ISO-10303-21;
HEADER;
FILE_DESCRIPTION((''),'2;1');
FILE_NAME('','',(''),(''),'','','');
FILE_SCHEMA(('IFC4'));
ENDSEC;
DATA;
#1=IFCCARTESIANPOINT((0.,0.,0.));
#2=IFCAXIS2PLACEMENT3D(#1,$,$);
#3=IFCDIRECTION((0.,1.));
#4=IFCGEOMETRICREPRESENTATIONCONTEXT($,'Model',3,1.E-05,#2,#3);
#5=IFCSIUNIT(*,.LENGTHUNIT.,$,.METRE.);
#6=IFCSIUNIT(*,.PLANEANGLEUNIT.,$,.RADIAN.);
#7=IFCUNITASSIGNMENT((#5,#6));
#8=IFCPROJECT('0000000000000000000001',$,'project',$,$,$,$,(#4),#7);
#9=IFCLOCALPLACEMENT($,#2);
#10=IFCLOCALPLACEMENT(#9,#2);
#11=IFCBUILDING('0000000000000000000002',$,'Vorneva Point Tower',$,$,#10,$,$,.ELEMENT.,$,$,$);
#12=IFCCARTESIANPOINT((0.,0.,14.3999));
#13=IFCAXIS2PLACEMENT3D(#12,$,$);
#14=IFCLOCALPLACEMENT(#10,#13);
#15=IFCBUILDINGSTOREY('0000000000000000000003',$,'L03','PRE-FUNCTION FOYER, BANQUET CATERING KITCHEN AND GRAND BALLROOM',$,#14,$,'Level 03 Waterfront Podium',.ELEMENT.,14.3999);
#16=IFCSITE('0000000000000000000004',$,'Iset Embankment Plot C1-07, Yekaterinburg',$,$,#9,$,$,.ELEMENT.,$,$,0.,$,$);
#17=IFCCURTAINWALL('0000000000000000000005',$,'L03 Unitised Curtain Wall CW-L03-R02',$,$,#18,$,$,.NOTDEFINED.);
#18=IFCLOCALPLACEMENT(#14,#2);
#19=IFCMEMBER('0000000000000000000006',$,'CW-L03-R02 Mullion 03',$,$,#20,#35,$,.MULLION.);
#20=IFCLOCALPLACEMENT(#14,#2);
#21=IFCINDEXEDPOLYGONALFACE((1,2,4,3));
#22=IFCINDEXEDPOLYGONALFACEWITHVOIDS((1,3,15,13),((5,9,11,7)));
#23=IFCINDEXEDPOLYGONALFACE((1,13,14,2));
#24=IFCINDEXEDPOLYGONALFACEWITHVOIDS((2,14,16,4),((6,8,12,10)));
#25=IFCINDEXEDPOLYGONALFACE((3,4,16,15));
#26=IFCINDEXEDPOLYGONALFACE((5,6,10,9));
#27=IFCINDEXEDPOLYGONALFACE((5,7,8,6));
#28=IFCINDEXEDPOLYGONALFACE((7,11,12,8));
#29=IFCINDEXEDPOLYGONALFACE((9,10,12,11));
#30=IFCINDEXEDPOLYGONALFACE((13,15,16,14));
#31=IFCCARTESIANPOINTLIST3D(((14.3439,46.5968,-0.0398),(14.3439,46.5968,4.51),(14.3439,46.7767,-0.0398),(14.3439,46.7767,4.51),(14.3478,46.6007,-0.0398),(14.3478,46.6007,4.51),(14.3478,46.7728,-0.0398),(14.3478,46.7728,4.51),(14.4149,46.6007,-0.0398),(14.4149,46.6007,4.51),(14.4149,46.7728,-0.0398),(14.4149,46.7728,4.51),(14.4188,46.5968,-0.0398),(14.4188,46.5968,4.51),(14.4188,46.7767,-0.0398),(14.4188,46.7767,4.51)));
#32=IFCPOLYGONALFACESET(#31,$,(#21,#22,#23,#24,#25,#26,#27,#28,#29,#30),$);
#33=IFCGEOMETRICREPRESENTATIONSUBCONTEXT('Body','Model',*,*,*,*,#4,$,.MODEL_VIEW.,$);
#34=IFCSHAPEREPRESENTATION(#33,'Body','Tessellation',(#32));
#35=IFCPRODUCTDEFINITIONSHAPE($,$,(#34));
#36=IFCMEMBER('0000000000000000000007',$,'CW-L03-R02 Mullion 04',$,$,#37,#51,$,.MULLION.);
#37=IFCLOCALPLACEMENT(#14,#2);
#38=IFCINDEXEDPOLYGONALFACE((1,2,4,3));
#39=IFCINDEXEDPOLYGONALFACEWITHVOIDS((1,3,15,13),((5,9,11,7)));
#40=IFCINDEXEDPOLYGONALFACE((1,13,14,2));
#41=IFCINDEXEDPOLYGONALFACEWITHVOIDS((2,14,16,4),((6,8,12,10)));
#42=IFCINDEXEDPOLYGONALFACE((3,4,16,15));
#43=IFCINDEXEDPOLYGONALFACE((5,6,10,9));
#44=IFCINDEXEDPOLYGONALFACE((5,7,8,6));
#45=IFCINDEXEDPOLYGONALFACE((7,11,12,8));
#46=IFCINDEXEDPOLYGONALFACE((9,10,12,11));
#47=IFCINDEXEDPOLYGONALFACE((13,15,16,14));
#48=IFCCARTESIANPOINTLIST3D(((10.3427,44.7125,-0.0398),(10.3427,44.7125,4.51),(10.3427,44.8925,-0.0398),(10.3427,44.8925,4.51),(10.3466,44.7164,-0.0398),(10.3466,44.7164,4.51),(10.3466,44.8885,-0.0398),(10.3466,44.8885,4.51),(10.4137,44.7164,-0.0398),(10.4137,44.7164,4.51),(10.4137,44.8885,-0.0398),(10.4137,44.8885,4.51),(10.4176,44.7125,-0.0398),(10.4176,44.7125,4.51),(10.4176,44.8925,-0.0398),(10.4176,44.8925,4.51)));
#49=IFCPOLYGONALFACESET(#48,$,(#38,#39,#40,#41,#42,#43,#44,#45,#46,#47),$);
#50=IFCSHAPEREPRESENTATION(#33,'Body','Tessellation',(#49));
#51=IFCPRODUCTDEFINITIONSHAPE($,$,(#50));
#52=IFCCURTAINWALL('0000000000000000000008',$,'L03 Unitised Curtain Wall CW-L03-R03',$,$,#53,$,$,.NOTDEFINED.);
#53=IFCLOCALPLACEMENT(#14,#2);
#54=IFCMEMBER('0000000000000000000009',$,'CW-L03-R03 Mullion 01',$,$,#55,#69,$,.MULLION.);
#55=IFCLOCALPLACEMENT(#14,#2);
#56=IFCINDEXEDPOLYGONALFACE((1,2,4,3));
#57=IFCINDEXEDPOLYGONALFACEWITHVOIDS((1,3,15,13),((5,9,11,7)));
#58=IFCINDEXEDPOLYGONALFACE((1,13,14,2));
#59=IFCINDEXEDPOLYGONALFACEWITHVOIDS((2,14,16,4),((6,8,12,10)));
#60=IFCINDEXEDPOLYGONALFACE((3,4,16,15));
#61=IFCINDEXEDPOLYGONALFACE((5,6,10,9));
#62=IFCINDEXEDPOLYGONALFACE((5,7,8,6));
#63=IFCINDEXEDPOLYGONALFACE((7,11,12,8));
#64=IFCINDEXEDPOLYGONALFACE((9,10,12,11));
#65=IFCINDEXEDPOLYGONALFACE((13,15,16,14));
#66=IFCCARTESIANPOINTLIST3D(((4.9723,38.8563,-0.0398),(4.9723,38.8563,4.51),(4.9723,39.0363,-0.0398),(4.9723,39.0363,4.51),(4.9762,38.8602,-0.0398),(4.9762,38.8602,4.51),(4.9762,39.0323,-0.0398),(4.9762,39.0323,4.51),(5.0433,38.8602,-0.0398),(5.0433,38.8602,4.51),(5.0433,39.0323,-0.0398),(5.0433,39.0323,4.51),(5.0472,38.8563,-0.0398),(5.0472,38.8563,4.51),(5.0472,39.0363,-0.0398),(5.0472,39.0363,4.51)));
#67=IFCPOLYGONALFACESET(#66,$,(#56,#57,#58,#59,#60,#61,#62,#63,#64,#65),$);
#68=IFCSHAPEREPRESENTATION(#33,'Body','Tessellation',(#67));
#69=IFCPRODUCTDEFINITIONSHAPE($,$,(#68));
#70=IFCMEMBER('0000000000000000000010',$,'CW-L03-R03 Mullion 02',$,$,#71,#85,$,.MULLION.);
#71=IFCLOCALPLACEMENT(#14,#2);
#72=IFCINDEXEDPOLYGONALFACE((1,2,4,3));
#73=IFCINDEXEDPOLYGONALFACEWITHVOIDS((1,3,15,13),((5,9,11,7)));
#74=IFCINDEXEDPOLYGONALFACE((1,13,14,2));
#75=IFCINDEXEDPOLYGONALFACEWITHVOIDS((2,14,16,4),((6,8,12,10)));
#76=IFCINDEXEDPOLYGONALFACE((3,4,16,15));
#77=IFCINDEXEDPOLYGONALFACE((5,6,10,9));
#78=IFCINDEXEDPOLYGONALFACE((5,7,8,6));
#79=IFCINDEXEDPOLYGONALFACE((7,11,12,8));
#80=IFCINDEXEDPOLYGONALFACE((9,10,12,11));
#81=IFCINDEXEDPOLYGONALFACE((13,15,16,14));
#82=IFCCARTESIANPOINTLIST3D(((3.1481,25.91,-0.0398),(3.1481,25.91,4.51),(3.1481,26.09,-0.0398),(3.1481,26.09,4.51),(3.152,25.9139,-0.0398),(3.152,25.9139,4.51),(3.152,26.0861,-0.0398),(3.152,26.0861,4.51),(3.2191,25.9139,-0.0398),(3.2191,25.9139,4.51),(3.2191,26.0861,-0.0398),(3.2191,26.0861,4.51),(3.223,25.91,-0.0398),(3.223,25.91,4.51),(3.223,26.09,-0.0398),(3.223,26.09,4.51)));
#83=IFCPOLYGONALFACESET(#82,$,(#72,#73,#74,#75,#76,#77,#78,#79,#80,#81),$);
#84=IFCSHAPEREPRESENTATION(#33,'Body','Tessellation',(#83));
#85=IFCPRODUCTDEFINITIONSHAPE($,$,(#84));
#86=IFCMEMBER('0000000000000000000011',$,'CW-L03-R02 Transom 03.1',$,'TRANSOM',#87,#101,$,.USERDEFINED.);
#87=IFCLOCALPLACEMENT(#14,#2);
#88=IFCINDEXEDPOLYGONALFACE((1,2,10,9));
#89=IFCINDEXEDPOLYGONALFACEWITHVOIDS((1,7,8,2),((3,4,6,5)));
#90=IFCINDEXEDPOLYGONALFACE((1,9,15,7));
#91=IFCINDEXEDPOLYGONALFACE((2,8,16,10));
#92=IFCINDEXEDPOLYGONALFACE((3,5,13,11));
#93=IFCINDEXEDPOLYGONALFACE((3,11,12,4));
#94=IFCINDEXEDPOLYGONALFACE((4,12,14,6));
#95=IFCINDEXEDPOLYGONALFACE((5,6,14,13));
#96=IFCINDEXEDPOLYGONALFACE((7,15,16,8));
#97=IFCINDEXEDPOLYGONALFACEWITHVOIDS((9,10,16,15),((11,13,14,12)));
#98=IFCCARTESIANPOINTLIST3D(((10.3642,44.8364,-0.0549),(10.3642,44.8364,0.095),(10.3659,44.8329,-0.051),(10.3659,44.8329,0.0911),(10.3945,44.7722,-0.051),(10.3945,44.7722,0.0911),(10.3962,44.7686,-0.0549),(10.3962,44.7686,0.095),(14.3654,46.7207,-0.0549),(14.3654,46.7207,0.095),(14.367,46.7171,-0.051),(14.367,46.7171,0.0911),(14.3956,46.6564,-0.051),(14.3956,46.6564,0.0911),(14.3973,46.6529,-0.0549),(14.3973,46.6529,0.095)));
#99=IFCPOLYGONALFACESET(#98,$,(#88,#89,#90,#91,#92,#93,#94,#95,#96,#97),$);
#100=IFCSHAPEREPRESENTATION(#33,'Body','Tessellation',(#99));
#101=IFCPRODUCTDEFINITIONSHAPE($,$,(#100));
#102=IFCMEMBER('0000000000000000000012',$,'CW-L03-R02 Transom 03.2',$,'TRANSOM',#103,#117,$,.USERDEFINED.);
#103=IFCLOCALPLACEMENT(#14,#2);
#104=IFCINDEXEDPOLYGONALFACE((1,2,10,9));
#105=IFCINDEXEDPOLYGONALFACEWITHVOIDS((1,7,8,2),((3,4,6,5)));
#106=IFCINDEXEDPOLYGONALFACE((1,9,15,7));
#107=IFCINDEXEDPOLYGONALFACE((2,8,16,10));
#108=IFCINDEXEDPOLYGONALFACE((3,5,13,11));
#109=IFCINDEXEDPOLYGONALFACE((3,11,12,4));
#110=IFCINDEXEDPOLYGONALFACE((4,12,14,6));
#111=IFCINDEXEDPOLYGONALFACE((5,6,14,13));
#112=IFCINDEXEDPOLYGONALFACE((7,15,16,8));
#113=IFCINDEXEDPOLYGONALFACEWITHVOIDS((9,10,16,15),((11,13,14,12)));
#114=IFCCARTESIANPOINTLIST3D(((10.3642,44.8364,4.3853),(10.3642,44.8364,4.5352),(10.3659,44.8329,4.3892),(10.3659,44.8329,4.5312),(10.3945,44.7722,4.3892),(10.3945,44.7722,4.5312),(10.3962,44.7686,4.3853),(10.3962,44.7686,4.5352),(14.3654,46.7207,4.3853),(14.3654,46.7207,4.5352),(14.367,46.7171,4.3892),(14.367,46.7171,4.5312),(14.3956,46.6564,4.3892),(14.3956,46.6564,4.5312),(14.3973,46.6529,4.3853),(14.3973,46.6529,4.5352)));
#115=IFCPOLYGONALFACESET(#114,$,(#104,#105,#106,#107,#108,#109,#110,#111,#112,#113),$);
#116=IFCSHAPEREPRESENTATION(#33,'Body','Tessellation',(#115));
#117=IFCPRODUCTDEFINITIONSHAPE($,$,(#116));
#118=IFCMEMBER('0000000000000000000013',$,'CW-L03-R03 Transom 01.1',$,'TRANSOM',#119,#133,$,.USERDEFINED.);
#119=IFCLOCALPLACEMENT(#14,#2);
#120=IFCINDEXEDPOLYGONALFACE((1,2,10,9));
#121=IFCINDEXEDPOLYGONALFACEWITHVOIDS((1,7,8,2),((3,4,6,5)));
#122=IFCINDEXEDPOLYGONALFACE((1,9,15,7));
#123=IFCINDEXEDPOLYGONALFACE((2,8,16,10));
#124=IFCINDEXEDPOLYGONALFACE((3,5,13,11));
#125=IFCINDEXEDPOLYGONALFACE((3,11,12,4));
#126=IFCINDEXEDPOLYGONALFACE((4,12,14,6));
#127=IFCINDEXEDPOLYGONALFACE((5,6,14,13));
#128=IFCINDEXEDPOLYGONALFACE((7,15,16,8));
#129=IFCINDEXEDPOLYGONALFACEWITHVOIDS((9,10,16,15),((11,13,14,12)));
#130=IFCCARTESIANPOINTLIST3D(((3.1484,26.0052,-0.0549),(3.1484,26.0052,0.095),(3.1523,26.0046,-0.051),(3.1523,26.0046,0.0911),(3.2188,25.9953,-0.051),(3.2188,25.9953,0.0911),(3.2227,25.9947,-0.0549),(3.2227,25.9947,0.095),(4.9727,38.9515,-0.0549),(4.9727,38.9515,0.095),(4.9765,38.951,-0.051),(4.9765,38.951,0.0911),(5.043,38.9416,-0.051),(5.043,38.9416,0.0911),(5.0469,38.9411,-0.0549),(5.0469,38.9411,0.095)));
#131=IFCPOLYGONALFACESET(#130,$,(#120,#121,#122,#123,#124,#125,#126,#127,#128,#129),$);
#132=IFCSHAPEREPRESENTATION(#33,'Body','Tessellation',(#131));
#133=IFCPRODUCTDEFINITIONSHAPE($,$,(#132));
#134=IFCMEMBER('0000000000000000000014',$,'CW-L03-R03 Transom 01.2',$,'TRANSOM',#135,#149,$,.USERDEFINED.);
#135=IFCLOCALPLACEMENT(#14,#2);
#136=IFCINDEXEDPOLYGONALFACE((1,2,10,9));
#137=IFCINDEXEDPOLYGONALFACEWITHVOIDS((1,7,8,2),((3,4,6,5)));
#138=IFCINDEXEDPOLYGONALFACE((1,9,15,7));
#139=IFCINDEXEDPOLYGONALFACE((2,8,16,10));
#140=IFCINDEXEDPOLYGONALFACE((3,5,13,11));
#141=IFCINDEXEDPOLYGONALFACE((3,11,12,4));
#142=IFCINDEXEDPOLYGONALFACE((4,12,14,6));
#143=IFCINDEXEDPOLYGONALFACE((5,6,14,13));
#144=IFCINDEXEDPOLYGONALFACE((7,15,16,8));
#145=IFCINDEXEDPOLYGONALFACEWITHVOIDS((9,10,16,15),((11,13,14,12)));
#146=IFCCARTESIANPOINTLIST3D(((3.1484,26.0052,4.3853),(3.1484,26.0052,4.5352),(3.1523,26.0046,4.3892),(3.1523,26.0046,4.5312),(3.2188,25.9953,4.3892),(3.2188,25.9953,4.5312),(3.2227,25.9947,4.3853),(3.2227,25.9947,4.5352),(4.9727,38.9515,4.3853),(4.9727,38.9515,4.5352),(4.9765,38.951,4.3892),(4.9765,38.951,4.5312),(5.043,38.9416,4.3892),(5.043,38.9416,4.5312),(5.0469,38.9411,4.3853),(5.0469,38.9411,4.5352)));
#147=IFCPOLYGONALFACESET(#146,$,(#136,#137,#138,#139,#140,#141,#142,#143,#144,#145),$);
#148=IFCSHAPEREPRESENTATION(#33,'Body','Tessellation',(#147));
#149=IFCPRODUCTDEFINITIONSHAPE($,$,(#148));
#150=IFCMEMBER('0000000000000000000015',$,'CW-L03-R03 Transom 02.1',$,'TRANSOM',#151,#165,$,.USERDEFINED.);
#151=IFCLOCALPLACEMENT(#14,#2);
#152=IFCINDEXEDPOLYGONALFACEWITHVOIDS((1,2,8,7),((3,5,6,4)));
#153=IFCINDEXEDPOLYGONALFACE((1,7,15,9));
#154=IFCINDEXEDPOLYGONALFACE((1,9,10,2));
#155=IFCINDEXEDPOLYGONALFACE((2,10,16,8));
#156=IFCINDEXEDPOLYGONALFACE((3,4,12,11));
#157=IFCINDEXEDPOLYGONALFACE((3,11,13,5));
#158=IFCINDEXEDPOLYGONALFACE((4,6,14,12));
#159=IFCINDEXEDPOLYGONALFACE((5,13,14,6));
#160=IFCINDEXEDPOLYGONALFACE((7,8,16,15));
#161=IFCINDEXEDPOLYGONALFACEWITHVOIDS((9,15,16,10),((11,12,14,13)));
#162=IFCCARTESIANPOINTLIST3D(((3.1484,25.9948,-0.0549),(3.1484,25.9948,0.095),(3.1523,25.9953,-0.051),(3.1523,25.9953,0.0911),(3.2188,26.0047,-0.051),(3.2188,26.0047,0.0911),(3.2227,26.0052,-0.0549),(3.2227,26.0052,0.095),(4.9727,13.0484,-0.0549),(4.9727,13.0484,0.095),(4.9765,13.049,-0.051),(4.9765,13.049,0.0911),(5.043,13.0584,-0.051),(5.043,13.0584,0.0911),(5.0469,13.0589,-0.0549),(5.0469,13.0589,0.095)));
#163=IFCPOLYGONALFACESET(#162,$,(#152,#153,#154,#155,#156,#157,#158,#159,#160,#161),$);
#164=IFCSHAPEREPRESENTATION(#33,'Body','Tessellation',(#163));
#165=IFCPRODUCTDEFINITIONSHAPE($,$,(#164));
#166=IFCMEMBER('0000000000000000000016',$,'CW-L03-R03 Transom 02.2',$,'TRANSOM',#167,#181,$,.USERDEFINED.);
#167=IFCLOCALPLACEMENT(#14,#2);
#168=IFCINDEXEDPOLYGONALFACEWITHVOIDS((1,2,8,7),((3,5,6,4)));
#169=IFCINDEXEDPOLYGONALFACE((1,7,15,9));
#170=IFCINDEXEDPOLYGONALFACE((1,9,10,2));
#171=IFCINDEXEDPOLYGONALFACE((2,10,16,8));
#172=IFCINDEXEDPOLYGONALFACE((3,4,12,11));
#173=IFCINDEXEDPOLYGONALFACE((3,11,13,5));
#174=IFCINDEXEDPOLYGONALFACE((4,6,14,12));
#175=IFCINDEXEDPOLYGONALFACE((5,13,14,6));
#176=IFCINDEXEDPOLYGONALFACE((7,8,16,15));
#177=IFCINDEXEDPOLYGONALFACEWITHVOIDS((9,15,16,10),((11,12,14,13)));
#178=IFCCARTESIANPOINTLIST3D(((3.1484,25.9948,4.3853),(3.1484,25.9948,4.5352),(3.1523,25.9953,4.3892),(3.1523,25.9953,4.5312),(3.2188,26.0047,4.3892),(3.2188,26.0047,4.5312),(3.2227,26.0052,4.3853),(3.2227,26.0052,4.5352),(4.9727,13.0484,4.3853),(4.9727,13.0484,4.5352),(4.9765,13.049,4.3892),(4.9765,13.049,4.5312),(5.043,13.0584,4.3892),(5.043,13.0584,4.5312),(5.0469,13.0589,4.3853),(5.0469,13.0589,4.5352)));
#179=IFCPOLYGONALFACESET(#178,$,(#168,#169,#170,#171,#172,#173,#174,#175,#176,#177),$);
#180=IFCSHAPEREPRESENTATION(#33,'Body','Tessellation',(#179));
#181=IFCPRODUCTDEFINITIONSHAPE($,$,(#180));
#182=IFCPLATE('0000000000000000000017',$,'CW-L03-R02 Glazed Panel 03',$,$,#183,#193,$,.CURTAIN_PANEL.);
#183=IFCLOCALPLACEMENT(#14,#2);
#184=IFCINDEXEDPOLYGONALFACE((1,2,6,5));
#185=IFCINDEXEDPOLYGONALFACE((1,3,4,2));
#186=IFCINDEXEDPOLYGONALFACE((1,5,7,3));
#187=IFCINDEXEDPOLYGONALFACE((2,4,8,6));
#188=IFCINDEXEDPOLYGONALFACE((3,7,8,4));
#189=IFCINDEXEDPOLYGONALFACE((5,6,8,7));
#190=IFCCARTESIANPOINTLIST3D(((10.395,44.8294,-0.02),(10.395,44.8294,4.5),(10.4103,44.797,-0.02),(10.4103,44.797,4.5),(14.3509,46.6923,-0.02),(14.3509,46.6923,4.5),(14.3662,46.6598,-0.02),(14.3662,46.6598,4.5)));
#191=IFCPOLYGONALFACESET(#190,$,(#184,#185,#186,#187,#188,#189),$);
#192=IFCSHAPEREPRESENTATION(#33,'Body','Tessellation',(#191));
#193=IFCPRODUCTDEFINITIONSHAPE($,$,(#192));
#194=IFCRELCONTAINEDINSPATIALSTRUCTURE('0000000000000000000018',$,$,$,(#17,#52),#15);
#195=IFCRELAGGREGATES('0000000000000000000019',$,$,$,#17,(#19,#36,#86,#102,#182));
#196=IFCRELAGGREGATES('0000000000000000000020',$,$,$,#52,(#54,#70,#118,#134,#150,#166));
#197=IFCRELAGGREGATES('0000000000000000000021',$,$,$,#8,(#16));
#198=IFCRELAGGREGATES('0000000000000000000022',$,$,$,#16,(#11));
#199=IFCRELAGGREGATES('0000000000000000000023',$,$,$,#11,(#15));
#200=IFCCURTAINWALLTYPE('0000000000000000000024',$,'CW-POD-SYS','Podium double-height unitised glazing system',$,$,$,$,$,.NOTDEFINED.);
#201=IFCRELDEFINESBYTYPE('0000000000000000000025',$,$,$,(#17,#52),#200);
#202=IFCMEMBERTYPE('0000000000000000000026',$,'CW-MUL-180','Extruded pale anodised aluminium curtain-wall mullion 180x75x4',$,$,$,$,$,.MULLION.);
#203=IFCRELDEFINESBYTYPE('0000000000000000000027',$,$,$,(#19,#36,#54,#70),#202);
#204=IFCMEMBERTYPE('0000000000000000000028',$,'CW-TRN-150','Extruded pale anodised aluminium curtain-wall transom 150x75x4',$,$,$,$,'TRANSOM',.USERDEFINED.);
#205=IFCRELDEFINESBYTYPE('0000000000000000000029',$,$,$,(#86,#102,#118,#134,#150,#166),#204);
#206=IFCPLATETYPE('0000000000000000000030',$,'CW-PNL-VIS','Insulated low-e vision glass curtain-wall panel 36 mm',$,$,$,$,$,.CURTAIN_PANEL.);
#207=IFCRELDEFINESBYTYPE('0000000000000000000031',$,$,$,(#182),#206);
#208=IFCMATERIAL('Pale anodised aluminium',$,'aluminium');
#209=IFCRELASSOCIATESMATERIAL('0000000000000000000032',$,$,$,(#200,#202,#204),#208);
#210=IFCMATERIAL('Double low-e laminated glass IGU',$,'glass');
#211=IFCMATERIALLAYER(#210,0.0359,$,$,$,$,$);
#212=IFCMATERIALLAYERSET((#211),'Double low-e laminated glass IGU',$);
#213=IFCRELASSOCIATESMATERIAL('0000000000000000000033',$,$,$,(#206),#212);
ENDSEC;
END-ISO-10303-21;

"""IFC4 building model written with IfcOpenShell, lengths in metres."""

from ifc_helpers import new_model, si_unit, direction, frame, origin, origin_2d, place, context, subcontext, project, spatial, rectangle, hollow_rectangle, extrude, material, layer, layer_set, material_profile, profile_set, type_object, element, aggregate, save


model = new_model("IFC4")

# Units and contexts
model_context = context("Model", 3, precision=1e-05, world=origin(), true_north=direction((0.0, 1.0)))
body_context = subcontext(model_context, "Body", "Model", "MODEL_VIEW")
ifc_project = project(units=[si_unit("LENGTHUNIT", "METRE"), si_unit("PLANEANGLEUNIT", "RADIAN")], contexts=[model_context])

# Site, building, storey
site_placement = place(None, origin())
site = spatial("IfcSite", under=ifc_project, at=site_placement, Name="Iset Embankment Plot C1-07, Yekaterinburg", CompositionType="ELEMENT", RefElevation=0.0)
building_placement = place(site_placement, origin())
building = spatial("IfcBuilding", under=site, at=building_placement, Name="Vorneva Point Tower", CompositionType="ELEMENT")
storey_placement = place(building_placement, frame((0.0, 0.0, 14.3999)))
storey = spatial("IfcBuildingStorey", under=building, at=storey_placement, Name="L03", Description="PRE-FUNCTION FOYER, BANQUET CATERING KITCHEN AND GRAND BALLROOM", LongName="Level 03 Waterfront Podium", CompositionType="ELEMENT", Elevation=14.3999)

# Curtain walls, members
ifc_material_1 = material(Name="Pale anodised aluminium", Category="aluminium")
curtain_wall_type = type_object("IfcCurtainWallType", Name="CW-POD-SYS", Description="Podium double-height unitised glazing system", PredefinedType="NOTDEFINED", material=ifc_material_1)
curtain_wall_1_placement = place(storey_placement, origin())
curtain_wall_1 = element("IfcCurtainWall", 1, at=curtain_wall_1_placement, inside=storey, type_object=curtain_wall_type, Name="L03 Unitised Curtain Wall CW-L03-R02", PredefinedType="NOTDEFINED")
ifc_material_profile_1 = material_profile(ifc_material_1, hollow_rectangle(XDim=0.075, YDim=0.1799, WallThickness=0.0039, at=origin_2d()), Name="AL-MUL 180x75x4")
ifc_profile_set_1 = profile_set([ifc_material_profile_1], Name="Pale anodised aluminium")
member_type_1 = type_object("IfcMemberType", Name="CW-MUL-180", Description="Extruded pale anodised aluminium curtain-wall mullion 180x75x4", PredefinedType="MULLION", material=ifc_profile_set_1)
member_1_placement = place(storey_placement, frame((14.3813, 46.6868, -0.0398), z_axis=(0.0, 0.0, 1.0), x_axis=(1.0, 0.0, 0.0)))
member_1 = element("IfcMember", 2, at=member_1_placement, type_object=member_type_1, Name="CW-L03-R02 Mullion 03", PredefinedType="MULLION", context=body_context, shape_type="SweptSolid", body=[
    extrude(hollow_rectangle(XDim=0.075, YDim=0.1799, WallThickness=0.0039, at=origin_2d()), origin(), (0.0, 0.0, 1.0), 4.5498),
])
member_2_placement = place(storey_placement, frame((10.3801, 44.8025, -0.0398), z_axis=(0.0, 0.0, 1.0), x_axis=(1.0, 0.0, 0.0)))
member_2 = element("IfcMember", 3, at=member_2_placement, type_object=member_type_1, Name="CW-L03-R02 Mullion 04", PredefinedType="MULLION", context=body_context, shape_type="SweptSolid", body=[
    extrude(hollow_rectangle(XDim=0.075, YDim=0.1799, WallThickness=0.0039, at=origin_2d()), origin(), (0.0, 0.0, 1.0), 4.5498),
])
curtain_wall_2_placement = place(storey_placement, origin())
curtain_wall_2 = element("IfcCurtainWall", 4, at=curtain_wall_2_placement, inside=storey, type_object=curtain_wall_type, Name="L03 Unitised Curtain Wall CW-L03-R03", PredefinedType="NOTDEFINED")
member_3_placement = place(storey_placement, frame((5.0098, 38.9463, -0.0398), z_axis=(0.0, 0.0, 1.0), x_axis=(1.0, 0.0, 0.0)))
member_3 = element("IfcMember", 5, at=member_3_placement, type_object=member_type_1, Name="CW-L03-R03 Mullion 01", PredefinedType="MULLION", context=body_context, shape_type="SweptSolid", body=[
    extrude(hollow_rectangle(XDim=0.075, YDim=0.1799, WallThickness=0.0039, at=origin_2d()), origin(), (0.0, 0.0, 1.0), 4.5498),
])
member_4_placement = place(storey_placement, frame((3.1855, 26.0, -0.0398), z_axis=(0.0, 0.0, 1.0), x_axis=(1.0, 0.0, 0.0)))
member_4 = element("IfcMember", 6, at=member_4_placement, type_object=member_type_1, Name="CW-L03-R03 Mullion 02", PredefinedType="MULLION", context=body_context, shape_type="SweptSolid", body=[
    extrude(hollow_rectangle(XDim=0.075, YDim=0.1799, WallThickness=0.0039, at=origin_2d()), origin(), (0.0, 0.0, 1.0), 4.5498),
])

# Members
ifc_material_profile_2 = material_profile(ifc_material_1, hollow_rectangle(XDim=0.075, YDim=0.1499, WallThickness=0.0039, at=origin_2d()), Name="AL-TRN 150x75x4")
ifc_profile_set_2 = profile_set([ifc_material_profile_2], Name="Pale anodised aluminium")
member_type_2 = type_object("IfcMemberType", Name="CW-TRN-150", Description="Extruded pale anodised aluminium curtain-wall transom 150x75x4", ElementType="TRANSOM", PredefinedType="USERDEFINED", material=ifc_profile_set_2)
member_5_placement = place(storey_placement, frame((14.3813, 46.6868, 0.02), z_axis=(-0.904701, -0.426047, 0.0), x_axis=(0.426047, -0.904701, 0.0)))
member_5 = element("IfcMember", 7, at=member_5_placement, type_object=member_type_2, Name="CW-L03-R02 Transom 03.1", ObjectType="TRANSOM", PredefinedType="USERDEFINED", context=body_context, shape_type="SweptSolid", body=[
    extrude(hollow_rectangle(XDim=0.075, YDim=0.1499, WallThickness=0.0039, at=origin_2d()), origin(), (0.0, 0.0, 1.0), 4.4226),
])
member_6_placement = place(storey_placement, frame((14.3813, 46.6868, 4.4602), z_axis=(-0.904701, -0.426047, 0.0), x_axis=(0.426047, -0.904701, 0.0)))
member_6 = element("IfcMember", 8, at=member_6_placement, type_object=member_type_2, Name="CW-L03-R02 Transom 03.2", ObjectType="TRANSOM", PredefinedType="USERDEFINED", context=body_context, shape_type="SweptSolid", body=[
    extrude(hollow_rectangle(XDim=0.075, YDim=0.1499, WallThickness=0.0039, at=origin_2d()), origin(), (0.0, 0.0, 1.0), 4.4226),
])
member_7_placement = place(storey_placement, frame((5.0098, 38.9463, 0.02), z_axis=(-0.139528, -0.990218, 0.0), x_axis=(0.990218, -0.139528, 0.0)))
member_7 = element("IfcMember", 9, at=member_7_placement, type_object=member_type_2, Name="CW-L03-R03 Transom 01.1", ObjectType="TRANSOM", PredefinedType="USERDEFINED", context=body_context, shape_type="SweptSolid", body=[
    extrude(hollow_rectangle(XDim=0.075, YDim=0.1499, WallThickness=0.0039, at=origin_2d()), origin(), (0.0, 0.0, 1.0), 13.0742),
])
member_8_placement = place(storey_placement, frame((5.0098, 38.9463, 4.4602), z_axis=(-0.139528, -0.990218, 0.0), x_axis=(0.990218, -0.139528, 0.0)))
member_8 = element("IfcMember", 10, at=member_8_placement, type_object=member_type_2, Name="CW-L03-R03 Transom 01.2", ObjectType="TRANSOM", PredefinedType="USERDEFINED", context=body_context, shape_type="SweptSolid", body=[
    extrude(hollow_rectangle(XDim=0.075, YDim=0.1499, WallThickness=0.0039, at=origin_2d()), origin(), (0.0, 0.0, 1.0), 13.0742),
])
member_9_placement = place(storey_placement, frame((3.1855, 26.0, 0.02), z_axis=(0.139528, -0.990218, 0.0), x_axis=(0.990218, 0.139528, 0.0)))
member_9 = element("IfcMember", 11, at=member_9_placement, type_object=member_type_2, Name="CW-L03-R03 Transom 02.1", ObjectType="TRANSOM", PredefinedType="USERDEFINED", context=body_context, shape_type="SweptSolid", body=[
    extrude(hollow_rectangle(XDim=0.075, YDim=0.1499, WallThickness=0.0039, at=origin_2d()), origin(), (0.0, 0.0, 1.0), 13.0742),
])
member_10_placement = place(storey_placement, frame((3.1855, 26.0, 4.4602), z_axis=(0.139528, -0.990218, 0.0), x_axis=(0.990218, 0.139528, 0.0)))
member_10 = element("IfcMember", 12, at=member_10_placement, type_object=member_type_2, Name="CW-L03-R03 Transom 02.2", ObjectType="TRANSOM", PredefinedType="USERDEFINED", context=body_context, shape_type="SweptSolid", body=[
    extrude(hollow_rectangle(XDim=0.075, YDim=0.1499, WallThickness=0.0039, at=origin_2d()), origin(), (0.0, 0.0, 1.0), 13.0742),
])

# Plate
ifc_material_2 = material(Name="Double low-e laminated glass IGU", Category="glass")
ifc_layer_1 = layer(ifc_material_2, 0.0359)
ifc_layer_set_1 = layer_set([ifc_layer_1], Name="Double low-e laminated glass IGU")
plate_type = type_object("IfcPlateType", Name="CW-PNL-VIS", Description="Insulated low-e vision glass curtain-wall panel 36 mm", PredefinedType="CURTAIN_PANEL", material=ifc_layer_set_1)
plate_1_placement = place(storey_placement, frame((12.3806, 45.7446, -0.02), z_axis=(0.0, 0.0, 1.0), x_axis=(-0.904708, -0.426032, 0.0)))
plate_1 = element("IfcPlate", 13, at=plate_1_placement, type_object=plate_type, Name="CW-L03-R02 Glazed Panel 03", PredefinedType="CURTAIN_PANEL", context=body_context, shape_type="SweptSolid", body=[
    extrude(rectangle(XDim=4.3726, YDim=0.0359, at=origin_2d()), origin(), (0.0, 0.0, 1.0), 4.52),
])
aggregate(curtain_wall_1, [member_1, member_2, member_5, member_6, plate_1])
aggregate(curtain_wall_2, [member_3, member_4, member_7, member_8, member_9, member_10])

save(model, "model.ifc")
